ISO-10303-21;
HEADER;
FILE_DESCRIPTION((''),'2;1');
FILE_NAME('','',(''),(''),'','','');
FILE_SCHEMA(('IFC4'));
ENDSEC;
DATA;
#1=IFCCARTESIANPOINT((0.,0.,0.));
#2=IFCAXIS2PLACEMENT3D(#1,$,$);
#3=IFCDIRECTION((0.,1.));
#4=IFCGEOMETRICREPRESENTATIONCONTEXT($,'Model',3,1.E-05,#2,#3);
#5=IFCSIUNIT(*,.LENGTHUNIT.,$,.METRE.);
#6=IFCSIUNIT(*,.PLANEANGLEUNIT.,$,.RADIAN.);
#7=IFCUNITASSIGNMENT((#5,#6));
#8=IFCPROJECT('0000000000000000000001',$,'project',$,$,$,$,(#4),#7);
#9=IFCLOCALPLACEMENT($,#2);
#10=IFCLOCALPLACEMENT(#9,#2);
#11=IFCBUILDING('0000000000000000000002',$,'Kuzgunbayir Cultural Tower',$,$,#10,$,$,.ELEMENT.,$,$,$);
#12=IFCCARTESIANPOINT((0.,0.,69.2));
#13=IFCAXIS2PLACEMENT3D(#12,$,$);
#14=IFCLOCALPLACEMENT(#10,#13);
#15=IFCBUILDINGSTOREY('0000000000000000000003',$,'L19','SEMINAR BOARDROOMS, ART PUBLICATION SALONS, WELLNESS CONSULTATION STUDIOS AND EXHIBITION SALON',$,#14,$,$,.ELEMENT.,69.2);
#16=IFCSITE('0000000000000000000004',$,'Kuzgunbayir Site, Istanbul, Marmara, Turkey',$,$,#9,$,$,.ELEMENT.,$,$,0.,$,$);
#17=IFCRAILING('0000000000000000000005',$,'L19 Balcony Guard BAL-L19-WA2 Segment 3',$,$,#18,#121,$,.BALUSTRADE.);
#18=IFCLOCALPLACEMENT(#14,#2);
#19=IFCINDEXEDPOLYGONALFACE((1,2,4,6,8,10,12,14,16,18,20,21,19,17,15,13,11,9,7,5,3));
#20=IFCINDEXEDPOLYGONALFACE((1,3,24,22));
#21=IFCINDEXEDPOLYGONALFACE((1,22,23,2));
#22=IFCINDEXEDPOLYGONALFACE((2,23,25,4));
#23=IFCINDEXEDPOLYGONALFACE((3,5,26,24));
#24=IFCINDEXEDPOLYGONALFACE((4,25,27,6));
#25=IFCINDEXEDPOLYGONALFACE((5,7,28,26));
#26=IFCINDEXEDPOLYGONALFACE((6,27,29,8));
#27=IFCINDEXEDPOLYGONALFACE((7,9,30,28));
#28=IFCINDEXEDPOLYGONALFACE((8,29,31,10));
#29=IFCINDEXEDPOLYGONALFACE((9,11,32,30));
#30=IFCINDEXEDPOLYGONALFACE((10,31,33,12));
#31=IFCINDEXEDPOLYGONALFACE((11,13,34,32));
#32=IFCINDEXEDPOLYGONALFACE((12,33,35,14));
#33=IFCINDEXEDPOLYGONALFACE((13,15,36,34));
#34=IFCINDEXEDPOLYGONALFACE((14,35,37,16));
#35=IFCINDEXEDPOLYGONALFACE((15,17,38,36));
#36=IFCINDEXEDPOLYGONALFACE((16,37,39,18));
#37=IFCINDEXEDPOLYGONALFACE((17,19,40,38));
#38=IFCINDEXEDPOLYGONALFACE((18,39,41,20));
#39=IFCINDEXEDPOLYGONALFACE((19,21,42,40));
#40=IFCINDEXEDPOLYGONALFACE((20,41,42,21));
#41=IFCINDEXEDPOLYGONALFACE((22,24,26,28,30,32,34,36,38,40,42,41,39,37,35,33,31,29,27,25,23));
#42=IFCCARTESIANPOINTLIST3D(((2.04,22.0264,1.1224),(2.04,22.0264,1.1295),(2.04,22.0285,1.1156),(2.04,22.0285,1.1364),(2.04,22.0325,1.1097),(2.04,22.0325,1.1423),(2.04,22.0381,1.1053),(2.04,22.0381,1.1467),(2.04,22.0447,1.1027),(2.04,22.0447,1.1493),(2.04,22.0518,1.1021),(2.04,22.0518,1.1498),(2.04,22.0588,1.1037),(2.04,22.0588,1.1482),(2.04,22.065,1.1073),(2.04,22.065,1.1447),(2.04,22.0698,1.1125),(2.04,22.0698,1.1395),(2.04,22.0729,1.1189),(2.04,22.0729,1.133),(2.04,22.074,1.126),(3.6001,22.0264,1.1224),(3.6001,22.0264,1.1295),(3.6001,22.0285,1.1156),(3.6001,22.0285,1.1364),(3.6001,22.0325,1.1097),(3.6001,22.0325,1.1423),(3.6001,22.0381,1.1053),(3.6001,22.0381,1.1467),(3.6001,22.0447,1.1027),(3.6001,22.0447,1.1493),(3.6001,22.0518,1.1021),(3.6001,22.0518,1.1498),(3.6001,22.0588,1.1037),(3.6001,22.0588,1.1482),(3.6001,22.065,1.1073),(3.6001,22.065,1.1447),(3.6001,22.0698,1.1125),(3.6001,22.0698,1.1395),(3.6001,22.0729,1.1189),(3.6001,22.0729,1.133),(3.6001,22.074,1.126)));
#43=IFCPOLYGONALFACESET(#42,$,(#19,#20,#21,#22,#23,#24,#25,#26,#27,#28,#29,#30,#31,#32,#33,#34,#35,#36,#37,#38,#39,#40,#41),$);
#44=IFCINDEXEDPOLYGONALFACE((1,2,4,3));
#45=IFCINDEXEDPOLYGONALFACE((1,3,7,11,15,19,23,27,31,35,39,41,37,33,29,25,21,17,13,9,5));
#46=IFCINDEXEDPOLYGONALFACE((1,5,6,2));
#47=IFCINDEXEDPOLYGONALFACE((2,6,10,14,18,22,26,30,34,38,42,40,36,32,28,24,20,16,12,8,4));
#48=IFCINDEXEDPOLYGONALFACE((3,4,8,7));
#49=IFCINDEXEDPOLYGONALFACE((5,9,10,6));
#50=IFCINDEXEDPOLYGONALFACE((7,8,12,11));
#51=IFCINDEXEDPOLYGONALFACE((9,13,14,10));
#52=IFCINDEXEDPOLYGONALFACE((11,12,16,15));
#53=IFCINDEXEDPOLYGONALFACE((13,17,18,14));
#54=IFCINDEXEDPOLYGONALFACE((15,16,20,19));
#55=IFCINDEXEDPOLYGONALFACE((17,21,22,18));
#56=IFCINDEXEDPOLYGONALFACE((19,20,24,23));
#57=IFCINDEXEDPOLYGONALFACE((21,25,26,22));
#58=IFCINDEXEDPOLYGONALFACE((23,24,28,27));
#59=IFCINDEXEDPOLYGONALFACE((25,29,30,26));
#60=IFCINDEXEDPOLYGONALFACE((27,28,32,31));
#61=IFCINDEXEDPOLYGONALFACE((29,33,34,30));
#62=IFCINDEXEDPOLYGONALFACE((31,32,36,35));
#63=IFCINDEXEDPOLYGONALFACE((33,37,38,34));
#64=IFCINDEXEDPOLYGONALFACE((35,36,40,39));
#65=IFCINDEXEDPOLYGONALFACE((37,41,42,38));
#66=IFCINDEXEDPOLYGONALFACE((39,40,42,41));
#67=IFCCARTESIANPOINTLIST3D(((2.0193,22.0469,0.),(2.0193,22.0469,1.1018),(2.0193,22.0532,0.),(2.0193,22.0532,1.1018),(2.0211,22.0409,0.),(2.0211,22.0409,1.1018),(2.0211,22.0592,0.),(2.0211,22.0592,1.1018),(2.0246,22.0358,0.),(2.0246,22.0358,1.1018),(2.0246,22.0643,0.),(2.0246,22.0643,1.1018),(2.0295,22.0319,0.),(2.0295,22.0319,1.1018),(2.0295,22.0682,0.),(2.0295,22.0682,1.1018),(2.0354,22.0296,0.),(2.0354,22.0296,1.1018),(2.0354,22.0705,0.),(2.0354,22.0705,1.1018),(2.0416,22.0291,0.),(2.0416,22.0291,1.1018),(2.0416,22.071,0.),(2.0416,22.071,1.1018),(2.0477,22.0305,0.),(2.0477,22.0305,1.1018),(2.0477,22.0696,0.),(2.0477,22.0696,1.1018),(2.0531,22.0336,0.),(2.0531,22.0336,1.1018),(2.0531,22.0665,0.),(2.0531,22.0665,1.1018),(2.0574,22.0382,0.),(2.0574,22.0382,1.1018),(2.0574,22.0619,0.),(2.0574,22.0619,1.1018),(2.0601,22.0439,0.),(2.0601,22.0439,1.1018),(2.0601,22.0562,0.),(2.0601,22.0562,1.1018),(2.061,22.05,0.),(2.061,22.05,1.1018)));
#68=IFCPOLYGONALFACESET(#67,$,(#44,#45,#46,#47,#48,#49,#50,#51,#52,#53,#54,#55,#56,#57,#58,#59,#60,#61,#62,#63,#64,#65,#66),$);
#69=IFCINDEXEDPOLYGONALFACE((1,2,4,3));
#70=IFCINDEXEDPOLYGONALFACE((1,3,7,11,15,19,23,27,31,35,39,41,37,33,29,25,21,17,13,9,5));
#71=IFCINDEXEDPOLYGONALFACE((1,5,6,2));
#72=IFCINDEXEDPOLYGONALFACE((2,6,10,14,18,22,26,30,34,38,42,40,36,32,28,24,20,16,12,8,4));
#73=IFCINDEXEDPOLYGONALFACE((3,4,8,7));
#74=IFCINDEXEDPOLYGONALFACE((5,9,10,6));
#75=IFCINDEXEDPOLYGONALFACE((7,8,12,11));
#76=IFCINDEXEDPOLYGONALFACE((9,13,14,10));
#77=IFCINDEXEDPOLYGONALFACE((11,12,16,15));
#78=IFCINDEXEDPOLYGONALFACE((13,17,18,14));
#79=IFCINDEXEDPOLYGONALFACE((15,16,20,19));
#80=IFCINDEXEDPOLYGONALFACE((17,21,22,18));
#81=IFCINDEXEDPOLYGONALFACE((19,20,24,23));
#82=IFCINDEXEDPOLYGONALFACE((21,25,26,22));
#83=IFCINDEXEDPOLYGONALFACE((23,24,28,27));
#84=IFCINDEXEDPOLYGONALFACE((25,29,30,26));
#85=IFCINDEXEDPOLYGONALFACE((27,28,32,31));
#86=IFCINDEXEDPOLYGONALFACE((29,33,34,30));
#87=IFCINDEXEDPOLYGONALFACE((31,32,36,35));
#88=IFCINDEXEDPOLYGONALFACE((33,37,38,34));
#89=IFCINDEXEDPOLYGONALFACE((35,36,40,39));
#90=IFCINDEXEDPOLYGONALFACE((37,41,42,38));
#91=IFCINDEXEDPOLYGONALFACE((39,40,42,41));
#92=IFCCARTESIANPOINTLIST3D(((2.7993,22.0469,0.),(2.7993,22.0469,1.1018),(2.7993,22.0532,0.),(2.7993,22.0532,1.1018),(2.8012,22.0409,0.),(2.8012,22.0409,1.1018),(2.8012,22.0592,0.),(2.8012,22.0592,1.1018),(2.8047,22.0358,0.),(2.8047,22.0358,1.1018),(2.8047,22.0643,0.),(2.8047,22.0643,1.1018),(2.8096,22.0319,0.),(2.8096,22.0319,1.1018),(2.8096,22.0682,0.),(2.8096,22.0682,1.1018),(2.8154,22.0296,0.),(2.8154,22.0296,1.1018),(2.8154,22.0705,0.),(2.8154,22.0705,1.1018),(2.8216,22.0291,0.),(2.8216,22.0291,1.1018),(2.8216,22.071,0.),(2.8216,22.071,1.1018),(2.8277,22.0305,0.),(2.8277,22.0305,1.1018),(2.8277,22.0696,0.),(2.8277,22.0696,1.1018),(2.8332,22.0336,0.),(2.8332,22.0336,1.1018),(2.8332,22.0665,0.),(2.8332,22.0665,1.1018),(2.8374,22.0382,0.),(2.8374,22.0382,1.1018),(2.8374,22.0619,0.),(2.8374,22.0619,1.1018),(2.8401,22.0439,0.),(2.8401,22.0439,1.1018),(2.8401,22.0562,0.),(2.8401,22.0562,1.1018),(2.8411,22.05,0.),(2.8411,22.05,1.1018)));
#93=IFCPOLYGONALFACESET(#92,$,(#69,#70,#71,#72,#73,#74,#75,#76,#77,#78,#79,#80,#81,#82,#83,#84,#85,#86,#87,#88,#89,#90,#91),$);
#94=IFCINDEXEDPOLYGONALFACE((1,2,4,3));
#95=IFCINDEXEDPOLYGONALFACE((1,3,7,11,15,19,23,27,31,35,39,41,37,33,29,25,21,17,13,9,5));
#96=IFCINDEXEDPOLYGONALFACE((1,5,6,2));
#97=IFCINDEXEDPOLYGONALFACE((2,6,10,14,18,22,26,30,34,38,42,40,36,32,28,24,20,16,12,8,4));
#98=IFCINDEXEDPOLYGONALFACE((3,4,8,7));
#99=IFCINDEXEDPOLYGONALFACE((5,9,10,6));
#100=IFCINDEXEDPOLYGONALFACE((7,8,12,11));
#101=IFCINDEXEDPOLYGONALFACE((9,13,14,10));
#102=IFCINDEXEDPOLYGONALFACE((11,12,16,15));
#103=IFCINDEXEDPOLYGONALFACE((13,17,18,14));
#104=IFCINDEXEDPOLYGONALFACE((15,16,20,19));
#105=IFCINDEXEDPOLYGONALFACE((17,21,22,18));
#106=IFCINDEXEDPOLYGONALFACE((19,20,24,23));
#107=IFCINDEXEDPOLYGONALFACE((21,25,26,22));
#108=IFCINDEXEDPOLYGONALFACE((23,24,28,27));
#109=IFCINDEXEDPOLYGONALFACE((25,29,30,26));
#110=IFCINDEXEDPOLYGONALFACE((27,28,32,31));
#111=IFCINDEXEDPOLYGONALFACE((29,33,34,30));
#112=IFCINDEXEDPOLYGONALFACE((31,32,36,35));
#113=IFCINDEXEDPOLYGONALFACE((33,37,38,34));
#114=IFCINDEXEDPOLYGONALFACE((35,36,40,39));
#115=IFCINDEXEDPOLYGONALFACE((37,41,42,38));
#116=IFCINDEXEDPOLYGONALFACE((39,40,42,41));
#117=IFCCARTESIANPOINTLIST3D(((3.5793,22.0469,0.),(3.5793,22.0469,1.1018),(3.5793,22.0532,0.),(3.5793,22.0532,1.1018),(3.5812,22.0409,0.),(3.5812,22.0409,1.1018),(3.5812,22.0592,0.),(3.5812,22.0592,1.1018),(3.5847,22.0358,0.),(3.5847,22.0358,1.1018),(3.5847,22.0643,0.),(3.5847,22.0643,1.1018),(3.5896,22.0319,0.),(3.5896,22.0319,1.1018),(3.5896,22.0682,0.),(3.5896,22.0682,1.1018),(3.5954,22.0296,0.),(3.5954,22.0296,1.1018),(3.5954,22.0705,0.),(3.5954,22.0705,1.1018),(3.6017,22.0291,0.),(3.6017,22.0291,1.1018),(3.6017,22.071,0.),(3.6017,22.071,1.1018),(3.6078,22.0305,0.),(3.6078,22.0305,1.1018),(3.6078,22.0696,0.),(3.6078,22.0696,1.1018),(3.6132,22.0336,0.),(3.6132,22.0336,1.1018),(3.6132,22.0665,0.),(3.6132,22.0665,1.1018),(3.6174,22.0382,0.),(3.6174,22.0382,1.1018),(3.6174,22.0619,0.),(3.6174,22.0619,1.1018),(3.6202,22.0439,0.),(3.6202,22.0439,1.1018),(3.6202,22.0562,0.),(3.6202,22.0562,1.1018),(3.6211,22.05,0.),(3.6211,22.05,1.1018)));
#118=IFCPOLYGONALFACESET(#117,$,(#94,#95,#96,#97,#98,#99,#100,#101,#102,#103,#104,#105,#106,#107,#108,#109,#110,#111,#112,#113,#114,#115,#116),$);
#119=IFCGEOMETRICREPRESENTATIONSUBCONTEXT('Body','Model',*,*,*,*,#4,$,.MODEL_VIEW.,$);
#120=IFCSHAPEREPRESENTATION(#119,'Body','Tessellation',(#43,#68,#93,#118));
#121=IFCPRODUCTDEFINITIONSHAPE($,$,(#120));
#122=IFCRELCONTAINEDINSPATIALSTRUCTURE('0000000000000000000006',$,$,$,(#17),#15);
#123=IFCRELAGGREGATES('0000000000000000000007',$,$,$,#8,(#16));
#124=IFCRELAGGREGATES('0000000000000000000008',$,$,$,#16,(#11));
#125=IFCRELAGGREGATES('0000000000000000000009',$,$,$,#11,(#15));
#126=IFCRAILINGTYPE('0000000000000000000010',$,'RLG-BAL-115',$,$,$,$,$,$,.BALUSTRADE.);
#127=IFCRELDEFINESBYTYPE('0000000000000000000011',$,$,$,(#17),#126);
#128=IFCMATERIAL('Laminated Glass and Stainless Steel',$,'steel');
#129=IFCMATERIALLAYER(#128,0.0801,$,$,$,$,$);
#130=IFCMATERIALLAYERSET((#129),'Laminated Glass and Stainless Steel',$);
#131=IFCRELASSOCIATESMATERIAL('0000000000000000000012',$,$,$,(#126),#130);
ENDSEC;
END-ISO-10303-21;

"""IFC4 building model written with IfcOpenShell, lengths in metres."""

from ifc_helpers import new_model, si_unit, direction, frame, origin, origin_2d, place, context, subcontext, project, spatial, circle, extrude, material, layer, layer_set, type_object, element, save


model = new_model("IFC4")

# Units and contexts
model_context = context("Model", 3, precision=1e-05, world=origin(), true_north=direction((0.0, 1.0)))
body_context = subcontext(model_context, "Body", "Model", "MODEL_VIEW")
ifc_project = project(units=[si_unit("LENGTHUNIT", "METRE"), si_unit("PLANEANGLEUNIT", "RADIAN")], contexts=[model_context])

# Site, building, storey
site_placement = place(None, origin())
site = spatial("IfcSite", under=ifc_project, at=site_placement, Name="Kuzgunbayir Site, Istanbul, Marmara, Turkey", CompositionType="ELEMENT", RefElevation=0.0)
building_placement = place(site_placement, origin())
building = spatial("IfcBuilding", under=site, at=building_placement, Name="Kuzgunbayir Cultural Tower", CompositionType="ELEMENT")
storey_placement = place(building_placement, frame((0.0, 0.0, 69.2)))
storey = spatial("IfcBuildingStorey", under=building, at=storey_placement, Name="L19", Description="SEMINAR BOARDROOMS, ART PUBLICATION SALONS, WELLNESS CONSULTATION STUDIOS AND EXHIBITION SALON", CompositionType="ELEMENT", Elevation=69.2)

# Railing
ifc_material_1 = material(Name="Laminated Glass and Stainless Steel", Category="steel")
ifc_layer_1 = layer(ifc_material_1, 0.0801)
ifc_layer_set_1 = layer_set([ifc_layer_1], Name="Laminated Glass and Stainless Steel")
railing_type = type_object("IfcRailingType", Name="RLG-BAL-115", PredefinedType="BALUSTRADE", material=ifc_layer_set_1)
railing_1_placement = place(storey_placement, frame((2.04, 22.05, 0.0)))
element("IfcRailing", 1, at=railing_1_placement, inside=storey, type_object=railing_type, Name="L19 Balcony Guard BAL-L19-WA2 Segment 3", PredefinedType="BALUSTRADE", context=body_context, shape_type="SweptSolid", body=[
    extrude(circle(Radius=0.0239, at=origin_2d()), frame((0.0, 0.0, 1.126), z_axis=(1.0, 0.0, 0.0), x_axis=(0.0, 1.0, 0.0)), (0.0, 0.0, 1.0), 1.5601),
    extrude(circle(Radius=0.021, at=origin_2d()), origin(), (0.0, 0.0, 1.0), 1.1018),
    extrude(circle(Radius=0.021, at=origin_2d()), frame((0.78, 0.0, 0.0)), (0.0, 0.0, 1.0), 1.1018),
    extrude(circle(Radius=0.021, at=origin_2d()), frame((1.5601, 0.0, 0.0)), (0.0, 0.0, 1.0), 1.1018),
])

save(model, "model.ifc")
